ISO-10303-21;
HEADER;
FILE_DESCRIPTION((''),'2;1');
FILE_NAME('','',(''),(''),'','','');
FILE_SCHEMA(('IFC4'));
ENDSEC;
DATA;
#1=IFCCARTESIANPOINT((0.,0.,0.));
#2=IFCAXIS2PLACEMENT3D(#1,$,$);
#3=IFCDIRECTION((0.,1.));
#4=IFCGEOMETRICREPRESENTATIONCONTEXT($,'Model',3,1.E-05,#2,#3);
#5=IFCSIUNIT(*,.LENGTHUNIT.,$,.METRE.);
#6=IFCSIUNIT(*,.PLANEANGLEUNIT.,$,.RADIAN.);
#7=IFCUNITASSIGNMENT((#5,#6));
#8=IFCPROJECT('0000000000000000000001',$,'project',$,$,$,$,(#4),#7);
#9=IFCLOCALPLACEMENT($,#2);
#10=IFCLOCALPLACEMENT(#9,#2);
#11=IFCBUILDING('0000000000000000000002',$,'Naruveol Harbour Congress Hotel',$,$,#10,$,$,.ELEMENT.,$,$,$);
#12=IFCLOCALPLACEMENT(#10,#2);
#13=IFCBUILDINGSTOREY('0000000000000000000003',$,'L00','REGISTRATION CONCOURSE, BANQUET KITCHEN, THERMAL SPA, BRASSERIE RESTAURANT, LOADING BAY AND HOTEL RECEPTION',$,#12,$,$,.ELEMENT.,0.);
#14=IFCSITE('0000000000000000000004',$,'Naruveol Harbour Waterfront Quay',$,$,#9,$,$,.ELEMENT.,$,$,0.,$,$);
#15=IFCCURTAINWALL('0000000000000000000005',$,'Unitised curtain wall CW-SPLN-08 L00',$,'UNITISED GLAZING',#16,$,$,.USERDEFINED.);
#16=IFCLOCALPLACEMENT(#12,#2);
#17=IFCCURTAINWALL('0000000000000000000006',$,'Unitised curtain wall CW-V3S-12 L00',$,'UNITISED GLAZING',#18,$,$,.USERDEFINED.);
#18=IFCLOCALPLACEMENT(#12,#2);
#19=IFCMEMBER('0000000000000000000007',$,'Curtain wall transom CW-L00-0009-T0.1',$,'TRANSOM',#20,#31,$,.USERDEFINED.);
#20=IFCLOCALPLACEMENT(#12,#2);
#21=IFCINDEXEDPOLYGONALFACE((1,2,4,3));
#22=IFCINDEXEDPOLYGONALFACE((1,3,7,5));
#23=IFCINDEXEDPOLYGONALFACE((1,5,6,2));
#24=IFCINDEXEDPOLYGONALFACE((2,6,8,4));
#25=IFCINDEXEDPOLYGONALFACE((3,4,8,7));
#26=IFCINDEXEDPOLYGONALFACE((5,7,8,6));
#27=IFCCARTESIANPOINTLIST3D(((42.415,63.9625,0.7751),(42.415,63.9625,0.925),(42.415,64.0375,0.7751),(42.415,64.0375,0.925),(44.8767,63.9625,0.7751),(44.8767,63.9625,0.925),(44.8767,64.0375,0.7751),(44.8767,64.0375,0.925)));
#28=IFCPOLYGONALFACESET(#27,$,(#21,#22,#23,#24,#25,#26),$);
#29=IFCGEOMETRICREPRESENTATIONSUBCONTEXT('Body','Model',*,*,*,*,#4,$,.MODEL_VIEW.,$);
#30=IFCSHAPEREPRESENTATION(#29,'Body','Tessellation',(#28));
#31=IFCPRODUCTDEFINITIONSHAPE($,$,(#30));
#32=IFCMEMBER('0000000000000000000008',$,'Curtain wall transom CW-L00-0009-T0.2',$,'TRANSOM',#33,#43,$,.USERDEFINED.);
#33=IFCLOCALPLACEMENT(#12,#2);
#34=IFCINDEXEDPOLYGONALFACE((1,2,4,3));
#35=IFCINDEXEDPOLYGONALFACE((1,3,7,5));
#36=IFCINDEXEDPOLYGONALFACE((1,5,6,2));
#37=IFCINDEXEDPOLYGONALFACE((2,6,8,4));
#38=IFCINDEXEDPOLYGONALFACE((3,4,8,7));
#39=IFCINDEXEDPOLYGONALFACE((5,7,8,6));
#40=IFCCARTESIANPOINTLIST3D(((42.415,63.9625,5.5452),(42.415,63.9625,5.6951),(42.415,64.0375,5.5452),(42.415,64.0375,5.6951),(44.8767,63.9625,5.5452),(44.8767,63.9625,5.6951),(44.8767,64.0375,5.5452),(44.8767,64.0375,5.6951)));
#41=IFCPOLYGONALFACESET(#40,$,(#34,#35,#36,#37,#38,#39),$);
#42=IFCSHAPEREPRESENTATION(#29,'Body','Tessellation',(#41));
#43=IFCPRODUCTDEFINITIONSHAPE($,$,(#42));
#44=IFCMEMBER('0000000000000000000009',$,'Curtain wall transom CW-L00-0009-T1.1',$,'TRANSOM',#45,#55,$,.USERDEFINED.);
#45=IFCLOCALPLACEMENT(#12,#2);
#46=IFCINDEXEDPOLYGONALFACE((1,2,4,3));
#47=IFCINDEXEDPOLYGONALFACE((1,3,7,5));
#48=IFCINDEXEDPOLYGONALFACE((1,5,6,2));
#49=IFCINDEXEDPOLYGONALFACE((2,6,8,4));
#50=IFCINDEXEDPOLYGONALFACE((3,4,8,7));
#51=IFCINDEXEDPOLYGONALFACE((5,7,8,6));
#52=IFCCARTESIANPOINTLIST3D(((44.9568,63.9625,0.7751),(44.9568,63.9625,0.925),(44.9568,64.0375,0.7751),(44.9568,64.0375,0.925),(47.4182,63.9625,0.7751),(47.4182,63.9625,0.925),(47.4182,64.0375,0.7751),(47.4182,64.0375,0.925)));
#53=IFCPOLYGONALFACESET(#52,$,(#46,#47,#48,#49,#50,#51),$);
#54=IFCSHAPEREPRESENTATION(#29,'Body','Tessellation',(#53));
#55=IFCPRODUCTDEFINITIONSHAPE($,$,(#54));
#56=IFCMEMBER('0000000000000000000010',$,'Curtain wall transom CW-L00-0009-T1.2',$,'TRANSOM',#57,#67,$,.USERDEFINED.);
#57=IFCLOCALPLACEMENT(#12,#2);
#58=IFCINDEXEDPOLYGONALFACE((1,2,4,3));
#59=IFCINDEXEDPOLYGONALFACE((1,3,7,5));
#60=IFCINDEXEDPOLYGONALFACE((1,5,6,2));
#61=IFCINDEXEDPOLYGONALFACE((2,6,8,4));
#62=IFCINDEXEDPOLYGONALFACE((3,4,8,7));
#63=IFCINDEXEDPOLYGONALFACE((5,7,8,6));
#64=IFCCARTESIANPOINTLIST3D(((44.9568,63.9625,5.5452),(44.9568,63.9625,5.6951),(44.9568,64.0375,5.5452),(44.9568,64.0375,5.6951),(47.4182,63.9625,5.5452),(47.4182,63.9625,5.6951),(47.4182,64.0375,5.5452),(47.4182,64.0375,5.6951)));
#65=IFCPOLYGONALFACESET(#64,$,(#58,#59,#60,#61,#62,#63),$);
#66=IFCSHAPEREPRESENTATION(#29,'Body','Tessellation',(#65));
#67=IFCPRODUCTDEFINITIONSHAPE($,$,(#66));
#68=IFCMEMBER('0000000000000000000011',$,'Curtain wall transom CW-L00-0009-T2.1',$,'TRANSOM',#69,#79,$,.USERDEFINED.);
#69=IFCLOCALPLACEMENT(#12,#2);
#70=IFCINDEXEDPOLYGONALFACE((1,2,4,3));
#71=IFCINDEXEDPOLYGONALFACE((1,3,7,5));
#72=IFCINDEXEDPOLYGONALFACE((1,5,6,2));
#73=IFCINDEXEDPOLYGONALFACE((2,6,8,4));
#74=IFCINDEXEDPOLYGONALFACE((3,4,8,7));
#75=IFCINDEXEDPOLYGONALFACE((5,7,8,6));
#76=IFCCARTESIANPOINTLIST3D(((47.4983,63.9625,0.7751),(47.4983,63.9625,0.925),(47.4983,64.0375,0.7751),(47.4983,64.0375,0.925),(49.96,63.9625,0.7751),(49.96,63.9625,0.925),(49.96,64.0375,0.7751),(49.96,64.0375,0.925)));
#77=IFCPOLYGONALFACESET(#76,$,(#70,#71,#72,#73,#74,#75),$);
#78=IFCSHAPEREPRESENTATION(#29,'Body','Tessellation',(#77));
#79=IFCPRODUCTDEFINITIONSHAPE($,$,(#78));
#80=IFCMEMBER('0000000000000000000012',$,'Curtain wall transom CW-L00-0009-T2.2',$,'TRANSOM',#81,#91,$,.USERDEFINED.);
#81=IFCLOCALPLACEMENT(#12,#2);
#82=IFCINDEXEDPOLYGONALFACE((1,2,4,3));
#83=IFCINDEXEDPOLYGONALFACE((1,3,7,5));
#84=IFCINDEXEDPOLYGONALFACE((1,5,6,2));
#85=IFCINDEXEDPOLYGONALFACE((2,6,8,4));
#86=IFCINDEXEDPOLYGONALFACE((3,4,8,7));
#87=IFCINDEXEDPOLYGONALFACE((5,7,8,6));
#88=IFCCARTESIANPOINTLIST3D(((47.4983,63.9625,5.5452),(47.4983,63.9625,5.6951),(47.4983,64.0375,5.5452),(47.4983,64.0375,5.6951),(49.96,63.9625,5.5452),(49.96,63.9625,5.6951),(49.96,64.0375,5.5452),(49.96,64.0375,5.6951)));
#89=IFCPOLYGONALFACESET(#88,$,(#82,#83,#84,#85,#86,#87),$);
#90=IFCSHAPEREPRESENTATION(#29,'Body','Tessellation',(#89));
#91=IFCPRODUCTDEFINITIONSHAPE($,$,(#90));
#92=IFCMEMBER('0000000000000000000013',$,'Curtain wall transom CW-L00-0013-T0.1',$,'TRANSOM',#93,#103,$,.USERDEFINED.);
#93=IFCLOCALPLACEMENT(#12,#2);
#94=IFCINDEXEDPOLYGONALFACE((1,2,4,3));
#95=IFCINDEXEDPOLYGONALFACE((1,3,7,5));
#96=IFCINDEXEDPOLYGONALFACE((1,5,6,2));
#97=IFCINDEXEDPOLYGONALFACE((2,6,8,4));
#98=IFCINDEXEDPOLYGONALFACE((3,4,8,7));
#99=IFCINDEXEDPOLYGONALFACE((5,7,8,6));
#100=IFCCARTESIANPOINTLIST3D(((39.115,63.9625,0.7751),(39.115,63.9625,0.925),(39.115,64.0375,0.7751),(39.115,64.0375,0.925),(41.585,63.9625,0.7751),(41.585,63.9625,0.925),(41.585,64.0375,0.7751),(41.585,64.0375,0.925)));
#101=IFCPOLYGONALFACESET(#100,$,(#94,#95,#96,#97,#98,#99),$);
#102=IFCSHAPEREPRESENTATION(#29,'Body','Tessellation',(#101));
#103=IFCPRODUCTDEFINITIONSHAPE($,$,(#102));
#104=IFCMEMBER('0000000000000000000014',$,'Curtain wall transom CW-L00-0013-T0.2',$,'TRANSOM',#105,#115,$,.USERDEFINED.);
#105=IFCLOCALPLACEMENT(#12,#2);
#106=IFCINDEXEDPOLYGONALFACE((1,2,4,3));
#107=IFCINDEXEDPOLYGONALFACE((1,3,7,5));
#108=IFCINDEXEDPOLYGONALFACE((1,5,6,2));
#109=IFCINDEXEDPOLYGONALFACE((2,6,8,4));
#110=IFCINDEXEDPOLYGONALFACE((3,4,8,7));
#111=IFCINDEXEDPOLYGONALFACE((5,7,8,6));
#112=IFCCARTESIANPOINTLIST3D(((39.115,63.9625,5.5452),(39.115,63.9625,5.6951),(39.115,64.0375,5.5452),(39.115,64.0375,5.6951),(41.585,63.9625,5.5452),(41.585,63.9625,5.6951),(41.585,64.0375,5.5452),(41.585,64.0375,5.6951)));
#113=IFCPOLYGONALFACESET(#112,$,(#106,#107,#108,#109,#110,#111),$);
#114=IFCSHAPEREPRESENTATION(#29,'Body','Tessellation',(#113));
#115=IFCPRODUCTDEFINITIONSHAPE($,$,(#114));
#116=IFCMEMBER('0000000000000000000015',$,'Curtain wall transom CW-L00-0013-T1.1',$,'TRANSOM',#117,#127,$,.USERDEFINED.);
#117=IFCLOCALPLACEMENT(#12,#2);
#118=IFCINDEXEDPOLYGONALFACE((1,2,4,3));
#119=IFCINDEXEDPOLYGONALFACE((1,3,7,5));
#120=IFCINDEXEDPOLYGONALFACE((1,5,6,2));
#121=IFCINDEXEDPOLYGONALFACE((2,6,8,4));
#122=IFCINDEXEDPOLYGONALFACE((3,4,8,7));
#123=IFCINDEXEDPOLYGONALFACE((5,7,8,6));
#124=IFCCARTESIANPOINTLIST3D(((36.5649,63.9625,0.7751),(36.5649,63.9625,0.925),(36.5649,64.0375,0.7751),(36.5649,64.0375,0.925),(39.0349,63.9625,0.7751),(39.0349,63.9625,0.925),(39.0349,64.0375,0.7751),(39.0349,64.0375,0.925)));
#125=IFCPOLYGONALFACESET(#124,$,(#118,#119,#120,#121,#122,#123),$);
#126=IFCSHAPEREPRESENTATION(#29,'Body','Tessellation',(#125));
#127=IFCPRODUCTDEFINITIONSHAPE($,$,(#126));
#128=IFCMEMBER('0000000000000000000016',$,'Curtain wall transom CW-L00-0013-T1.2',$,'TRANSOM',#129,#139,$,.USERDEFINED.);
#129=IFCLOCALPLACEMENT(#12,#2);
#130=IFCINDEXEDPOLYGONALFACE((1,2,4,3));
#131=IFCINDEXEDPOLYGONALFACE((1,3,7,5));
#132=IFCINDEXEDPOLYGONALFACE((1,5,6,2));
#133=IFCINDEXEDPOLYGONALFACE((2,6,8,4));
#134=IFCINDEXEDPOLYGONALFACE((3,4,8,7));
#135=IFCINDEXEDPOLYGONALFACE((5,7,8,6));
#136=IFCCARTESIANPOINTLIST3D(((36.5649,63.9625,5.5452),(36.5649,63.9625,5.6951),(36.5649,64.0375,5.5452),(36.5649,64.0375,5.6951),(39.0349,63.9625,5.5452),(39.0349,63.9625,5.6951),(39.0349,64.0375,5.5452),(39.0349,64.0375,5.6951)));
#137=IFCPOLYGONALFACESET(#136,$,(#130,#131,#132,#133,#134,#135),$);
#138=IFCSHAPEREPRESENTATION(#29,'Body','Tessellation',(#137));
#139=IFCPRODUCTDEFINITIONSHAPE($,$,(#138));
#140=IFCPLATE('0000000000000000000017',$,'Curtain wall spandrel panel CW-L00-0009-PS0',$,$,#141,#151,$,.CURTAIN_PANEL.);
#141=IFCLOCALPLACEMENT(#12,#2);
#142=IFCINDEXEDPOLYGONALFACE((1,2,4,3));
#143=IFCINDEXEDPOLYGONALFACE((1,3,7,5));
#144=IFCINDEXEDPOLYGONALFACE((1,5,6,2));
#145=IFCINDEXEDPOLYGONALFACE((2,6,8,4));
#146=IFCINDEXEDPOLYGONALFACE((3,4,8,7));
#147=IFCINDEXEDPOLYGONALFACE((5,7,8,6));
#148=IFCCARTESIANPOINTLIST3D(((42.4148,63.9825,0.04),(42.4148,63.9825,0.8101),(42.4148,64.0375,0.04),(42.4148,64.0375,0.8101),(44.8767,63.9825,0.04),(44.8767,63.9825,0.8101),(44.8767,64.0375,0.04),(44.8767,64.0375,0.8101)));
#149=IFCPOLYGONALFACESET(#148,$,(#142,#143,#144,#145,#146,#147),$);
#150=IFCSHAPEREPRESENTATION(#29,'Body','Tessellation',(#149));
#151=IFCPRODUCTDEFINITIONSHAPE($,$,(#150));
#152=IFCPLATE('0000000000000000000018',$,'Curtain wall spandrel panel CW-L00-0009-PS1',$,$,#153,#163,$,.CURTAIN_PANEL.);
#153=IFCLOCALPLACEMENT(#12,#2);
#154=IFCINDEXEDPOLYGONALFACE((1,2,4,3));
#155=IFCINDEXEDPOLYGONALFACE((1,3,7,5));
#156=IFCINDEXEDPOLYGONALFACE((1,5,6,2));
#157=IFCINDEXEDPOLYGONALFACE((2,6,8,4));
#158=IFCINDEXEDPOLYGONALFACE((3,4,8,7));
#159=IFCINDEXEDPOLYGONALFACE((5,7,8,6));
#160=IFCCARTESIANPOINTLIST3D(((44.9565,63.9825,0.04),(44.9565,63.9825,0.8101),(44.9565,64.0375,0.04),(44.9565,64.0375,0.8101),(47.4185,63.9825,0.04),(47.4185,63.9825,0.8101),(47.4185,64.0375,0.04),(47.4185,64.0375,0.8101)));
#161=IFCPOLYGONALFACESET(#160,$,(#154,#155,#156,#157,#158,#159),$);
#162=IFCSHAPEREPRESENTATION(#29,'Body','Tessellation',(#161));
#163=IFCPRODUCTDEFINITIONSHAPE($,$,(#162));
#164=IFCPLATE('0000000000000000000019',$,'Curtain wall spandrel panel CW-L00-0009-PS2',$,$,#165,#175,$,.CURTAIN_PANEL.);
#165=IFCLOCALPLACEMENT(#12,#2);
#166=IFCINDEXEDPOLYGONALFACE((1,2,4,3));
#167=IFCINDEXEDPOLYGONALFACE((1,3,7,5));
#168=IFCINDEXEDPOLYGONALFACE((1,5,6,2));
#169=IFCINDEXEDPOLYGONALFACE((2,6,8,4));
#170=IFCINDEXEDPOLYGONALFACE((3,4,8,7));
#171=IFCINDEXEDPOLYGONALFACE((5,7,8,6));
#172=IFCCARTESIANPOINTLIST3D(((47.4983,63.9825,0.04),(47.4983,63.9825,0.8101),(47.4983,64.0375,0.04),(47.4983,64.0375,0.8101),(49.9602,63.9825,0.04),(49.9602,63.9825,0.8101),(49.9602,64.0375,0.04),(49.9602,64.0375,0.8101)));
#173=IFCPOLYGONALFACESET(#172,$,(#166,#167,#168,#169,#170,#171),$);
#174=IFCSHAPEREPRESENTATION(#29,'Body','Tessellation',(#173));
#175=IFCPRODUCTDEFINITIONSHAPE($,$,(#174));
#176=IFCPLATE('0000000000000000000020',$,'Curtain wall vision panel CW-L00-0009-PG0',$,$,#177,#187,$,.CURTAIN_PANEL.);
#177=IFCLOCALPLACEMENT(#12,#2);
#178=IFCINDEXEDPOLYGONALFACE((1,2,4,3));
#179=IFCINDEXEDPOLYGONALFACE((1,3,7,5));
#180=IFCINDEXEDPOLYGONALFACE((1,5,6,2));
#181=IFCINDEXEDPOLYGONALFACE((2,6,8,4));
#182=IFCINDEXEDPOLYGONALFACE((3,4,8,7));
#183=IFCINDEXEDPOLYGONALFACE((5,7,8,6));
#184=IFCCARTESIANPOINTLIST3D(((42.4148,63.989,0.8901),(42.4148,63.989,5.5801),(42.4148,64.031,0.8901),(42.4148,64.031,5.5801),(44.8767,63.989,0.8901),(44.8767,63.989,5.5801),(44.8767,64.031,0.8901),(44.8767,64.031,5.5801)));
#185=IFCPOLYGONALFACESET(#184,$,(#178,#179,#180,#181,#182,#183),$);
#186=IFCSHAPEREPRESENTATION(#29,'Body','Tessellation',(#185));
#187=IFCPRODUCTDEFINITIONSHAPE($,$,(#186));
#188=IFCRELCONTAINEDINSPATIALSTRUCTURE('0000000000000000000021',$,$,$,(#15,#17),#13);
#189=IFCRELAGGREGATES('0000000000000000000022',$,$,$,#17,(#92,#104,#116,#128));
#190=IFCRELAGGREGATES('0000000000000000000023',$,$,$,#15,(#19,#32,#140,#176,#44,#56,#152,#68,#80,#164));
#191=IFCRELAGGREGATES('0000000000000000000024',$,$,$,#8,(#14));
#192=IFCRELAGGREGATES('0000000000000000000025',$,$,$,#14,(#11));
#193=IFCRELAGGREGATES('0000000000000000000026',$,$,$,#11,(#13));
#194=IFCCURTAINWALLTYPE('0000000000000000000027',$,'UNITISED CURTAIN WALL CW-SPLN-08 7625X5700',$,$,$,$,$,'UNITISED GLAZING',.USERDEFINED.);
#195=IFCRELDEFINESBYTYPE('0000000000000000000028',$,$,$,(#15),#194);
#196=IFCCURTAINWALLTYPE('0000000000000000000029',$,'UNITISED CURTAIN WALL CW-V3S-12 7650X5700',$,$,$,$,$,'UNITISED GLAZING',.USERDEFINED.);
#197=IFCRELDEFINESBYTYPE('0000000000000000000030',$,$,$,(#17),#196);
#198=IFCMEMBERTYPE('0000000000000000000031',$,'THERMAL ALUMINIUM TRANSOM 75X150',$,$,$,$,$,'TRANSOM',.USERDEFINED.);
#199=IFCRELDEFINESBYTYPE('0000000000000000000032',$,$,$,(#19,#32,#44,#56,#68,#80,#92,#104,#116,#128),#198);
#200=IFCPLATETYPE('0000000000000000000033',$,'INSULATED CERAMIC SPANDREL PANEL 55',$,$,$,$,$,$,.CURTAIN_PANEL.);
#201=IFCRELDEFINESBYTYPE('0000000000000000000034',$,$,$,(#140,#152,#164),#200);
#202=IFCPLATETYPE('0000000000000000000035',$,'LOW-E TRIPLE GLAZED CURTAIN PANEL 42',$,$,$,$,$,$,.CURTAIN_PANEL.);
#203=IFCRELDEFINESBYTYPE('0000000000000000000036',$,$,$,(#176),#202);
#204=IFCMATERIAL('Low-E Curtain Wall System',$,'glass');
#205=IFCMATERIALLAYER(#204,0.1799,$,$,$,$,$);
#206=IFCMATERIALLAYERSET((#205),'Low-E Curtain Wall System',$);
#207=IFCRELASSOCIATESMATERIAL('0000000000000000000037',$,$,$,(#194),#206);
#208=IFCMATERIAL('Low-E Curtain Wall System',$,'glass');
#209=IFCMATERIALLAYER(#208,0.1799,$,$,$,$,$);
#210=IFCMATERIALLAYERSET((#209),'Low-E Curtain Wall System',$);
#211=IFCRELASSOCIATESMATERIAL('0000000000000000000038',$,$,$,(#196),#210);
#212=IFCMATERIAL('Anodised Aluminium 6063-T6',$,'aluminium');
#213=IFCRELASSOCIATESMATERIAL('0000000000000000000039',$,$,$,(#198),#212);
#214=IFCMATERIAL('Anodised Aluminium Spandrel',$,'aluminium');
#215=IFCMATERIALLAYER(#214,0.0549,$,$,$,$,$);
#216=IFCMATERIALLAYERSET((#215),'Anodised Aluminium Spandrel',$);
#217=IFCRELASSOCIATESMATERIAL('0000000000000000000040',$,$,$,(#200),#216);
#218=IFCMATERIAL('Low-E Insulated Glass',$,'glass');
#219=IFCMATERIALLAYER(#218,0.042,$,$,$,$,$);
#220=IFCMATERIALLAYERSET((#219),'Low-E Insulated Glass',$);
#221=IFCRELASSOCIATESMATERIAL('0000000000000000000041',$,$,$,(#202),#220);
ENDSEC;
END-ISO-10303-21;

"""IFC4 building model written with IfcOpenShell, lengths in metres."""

from ifc_helpers import new_model, si_unit, direction, frame, origin, origin_2d, place, context, subcontext, project, spatial, rectangle, extrude, material, layer, layer_set, material_profile, profile_set, type_object, element, aggregate, save


model = new_model("IFC4")

# Units and contexts
model_context = context("Model", 3, precision=1e-05, world=origin(), true_north=direction((0.0, 1.0)))
body_context = subcontext(model_context, "Body", "Model", "MODEL_VIEW")
ifc_project = project(units=[si_unit("LENGTHUNIT", "METRE"), si_unit("PLANEANGLEUNIT", "RADIAN")], contexts=[model_context])

# Site, building, storey
site_placement = place(None, origin())
site = spatial("IfcSite", under=ifc_project, at=site_placement, Name="Naruveol Harbour Waterfront Quay", CompositionType="ELEMENT", RefElevation=0.0)
building_placement = place(site_placement, origin())
building = spatial("IfcBuilding", under=site, at=building_placement, Name="Naruveol Harbour Congress Hotel", CompositionType="ELEMENT")
storey_placement = place(building_placement, origin())
storey = spatial("IfcBuildingStorey", under=building, at=storey_placement, Name="L00", Description="REGISTRATION CONCOURSE, BANQUET KITCHEN, THERMAL SPA, BRASSERIE RESTAURANT, LOADING BAY AND HOTEL RECEPTION", CompositionType="ELEMENT", Elevation=0.0)

# Curtain walls
ifc_material_1 = material(Name="Low-E Curtain Wall System", Category="glass")
ifc_layer_1 = layer(ifc_material_1, 0.1799)
ifc_layer_set_1 = layer_set([ifc_layer_1], Name="Low-E Curtain Wall System")
curtain_wall_type_1 = type_object("IfcCurtainWallType", Name="UNITISED CURTAIN WALL CW-SPLN-08 7625X5700", ElementType="UNITISED GLAZING", PredefinedType="USERDEFINED", material=ifc_layer_set_1)
curtain_wall_1_placement = place(storey_placement, origin())
curtain_wall_1 = element("IfcCurtainWall", 1, at=curtain_wall_1_placement, inside=storey, type_object=curtain_wall_type_1, Name="Unitised curtain wall CW-SPLN-08 L00", ObjectType="UNITISED GLAZING", PredefinedType="USERDEFINED")
ifc_material_2 = material(Name="Low-E Curtain Wall System", Category="glass")
ifc_layer_2 = layer(ifc_material_2, 0.1799)
ifc_layer_set_2 = layer_set([ifc_layer_2], Name="Low-E Curtain Wall System")
curtain_wall_type_2 = type_object("IfcCurtainWallType", Name="UNITISED CURTAIN WALL CW-V3S-12 7650X5700", ElementType="UNITISED GLAZING", PredefinedType="USERDEFINED", material=ifc_layer_set_2)
curtain_wall_2_placement = place(storey_placement, origin())
curtain_wall_2 = element("IfcCurtainWall", 2, at=curtain_wall_2_placement, inside=storey, type_object=curtain_wall_type_2, Name="Unitised curtain wall CW-V3S-12 L00", ObjectType="UNITISED GLAZING", PredefinedType="USERDEFINED")

# Members
ifc_material_3 = material(Name="Anodised Aluminium 6063-T6", Category="aluminium")
ifc_material_profile_1 = material_profile(ifc_material_3, rectangle(XDim=0.075, YDim=0.1499, at=origin_2d()), Name="ALU-75x150")
ifc_profile_set_1 = profile_set([ifc_material_profile_1], Name="Anodised Aluminium 6063-T6")
member_type_1 = type_object("IfcMemberType", Name="THERMAL ALUMINIUM TRANSOM 75X150", ElementType="TRANSOM", PredefinedType="USERDEFINED", material=ifc_profile_set_1)
member_1_placement = place(storey_placement, frame((42.415, 64.0, 0.8501), z_axis=(1.0, 0.0, 0.0), x_axis=(0.0, 1.0, 0.0)))
member_1 = element("IfcMember", 3, at=member_1_placement, type_object=member_type_1, Name="Curtain wall transom CW-L00-0009-T0.1", ObjectType="TRANSOM", PredefinedType="USERDEFINED", context=body_context, shape_type="SweptSolid", body=[
    extrude(rectangle(XDim=0.075, YDim=0.1499, at=origin_2d()), origin(), (0.0, 0.0, 1.0), 2.4617),
])
member_2_placement = place(storey_placement, frame((42.415, 64.0, 5.6201), z_axis=(1.0, 0.0, 0.0), x_axis=(0.0, 1.0, 0.0)))
member_2 = element("IfcMember", 4, at=member_2_placement, type_object=member_type_1, Name="Curtain wall transom CW-L00-0009-T0.2", ObjectType="TRANSOM", PredefinedType="USERDEFINED", context=body_context, shape_type="SweptSolid", body=[
    extrude(rectangle(XDim=0.075, YDim=0.1499, at=origin_2d()), origin(), (0.0, 0.0, 1.0), 2.4617),
])
member_3_placement = place(storey_placement, frame((44.9568, 64.0, 0.8501), z_axis=(1.0, 0.0, 0.0), x_axis=(0.0, 1.0, 0.0)))
member_3 = element("IfcMember", 5, at=member_3_placement, type_object=member_type_1, Name="Curtain wall transom CW-L00-0009-T1.1", ObjectType="TRANSOM", PredefinedType="USERDEFINED", context=body_context, shape_type="SweptSolid", body=[
    extrude(rectangle(XDim=0.075, YDim=0.1499, at=origin_2d()), origin(), (0.0, 0.0, 1.0), 2.4614),
])
member_4_placement = place(storey_placement, frame((44.9568, 64.0, 5.6201), z_axis=(1.0, 0.0, 0.0), x_axis=(0.0, 1.0, 0.0)))
member_4 = element("IfcMember", 6, at=member_4_placement, type_object=member_type_1, Name="Curtain wall transom CW-L00-0009-T1.2", ObjectType="TRANSOM", PredefinedType="USERDEFINED", context=body_context, shape_type="SweptSolid", body=[
    extrude(rectangle(XDim=0.075, YDim=0.1499, at=origin_2d()), origin(), (0.0, 0.0, 1.0), 2.4614),
])
member_5_placement = place(storey_placement, frame((47.4983, 64.0, 0.8501), z_axis=(1.0, 0.0, 0.0), x_axis=(0.0, 1.0, 0.0)))
member_5 = element("IfcMember", 7, at=member_5_placement, type_object=member_type_1, Name="Curtain wall transom CW-L00-0009-T2.1", ObjectType="TRANSOM", PredefinedType="USERDEFINED", context=body_context, shape_type="SweptSolid", body=[
    extrude(rectangle(XDim=0.075, YDim=0.1499, at=origin_2d()), origin(), (0.0, 0.0, 1.0), 2.4617),
])
member_6_placement = place(storey_placement, frame((47.4983, 64.0, 5.6201), z_axis=(1.0, 0.0, 0.0), x_axis=(0.0, 1.0, 0.0)))
member_6 = element("IfcMember", 8, at=member_6_placement, type_object=member_type_1, Name="Curtain wall transom CW-L00-0009-T2.2", ObjectType="TRANSOM", PredefinedType="USERDEFINED", context=body_context, shape_type="SweptSolid", body=[
    extrude(rectangle(XDim=0.075, YDim=0.1499, at=origin_2d()), origin(), (0.0, 0.0, 1.0), 2.4617),
])
member_7_placement = place(storey_placement, frame((41.585, 64.0, 0.8501), z_axis=(-1.0, 0.0, 0.0), x_axis=(0.0, -1.0, 0.0)))
member_7 = element("IfcMember", 9, at=member_7_placement, type_object=member_type_1, Name="Curtain wall transom CW-L00-0013-T0.1", ObjectType="TRANSOM", PredefinedType="USERDEFINED", context=body_context, shape_type="SweptSolid", body=[
    extrude(rectangle(XDim=0.075, YDim=0.1499, at=origin_2d()), origin(), (0.0, 0.0, 1.0), 2.47),
])
member_8_placement = place(storey_placement, frame((41.585, 64.0, 5.6201), z_axis=(-1.0, 0.0, 0.0), x_axis=(0.0, -1.0, 0.0)))
member_8 = element("IfcMember", 10, at=member_8_placement, type_object=member_type_1, Name="Curtain wall transom CW-L00-0013-T0.2", ObjectType="TRANSOM", PredefinedType="USERDEFINED", context=body_context, shape_type="SweptSolid", body=[
    extrude(rectangle(XDim=0.075, YDim=0.1499, at=origin_2d()), origin(), (0.0, 0.0, 1.0), 2.47),
])
member_9_placement = place(storey_placement, frame((39.0349, 64.0, 0.8501), z_axis=(-1.0, 0.0, 0.0), x_axis=(0.0, -1.0, 0.0)))
member_9 = element("IfcMember", 11, at=member_9_placement, type_object=member_type_1, Name="Curtain wall transom CW-L00-0013-T1.1", ObjectType="TRANSOM", PredefinedType="USERDEFINED", context=body_context, shape_type="SweptSolid", body=[
    extrude(rectangle(XDim=0.075, YDim=0.1499, at=origin_2d()), origin(), (0.0, 0.0, 1.0), 2.47),
])
member_10_placement = place(storey_placement, frame((39.0349, 64.0, 5.6201), z_axis=(-1.0, 0.0, 0.0), x_axis=(0.0, -1.0, 0.0)))
member_10 = element("IfcMember", 12, at=member_10_placement, type_object=member_type_1, Name="Curtain wall transom CW-L00-0013-T1.2", ObjectType="TRANSOM", PredefinedType="USERDEFINED", context=body_context, shape_type="SweptSolid", body=[
    extrude(rectangle(XDim=0.075, YDim=0.1499, at=origin_2d()), origin(), (0.0, 0.0, 1.0), 2.47),
])
aggregate(curtain_wall_2, [member_7, member_8, member_9, member_10])

# Plates
ifc_material_4 = material(Name="Anodised Aluminium Spandrel", Category="aluminium")
ifc_layer_3 = layer(ifc_material_4, 0.0549)
ifc_layer_set_3 = layer_set([ifc_layer_3], Name="Anodised Aluminium Spandrel")
plate_type_1 = type_object("IfcPlateType", Name="INSULATED CERAMIC SPANDREL PANEL 55", PredefinedType="CURTAIN_PANEL", material=ifc_layer_set_3)
plate_1_placement = place(storey_placement, frame((43.6458, 64.01, 0.04), z_axis=(0.0, 0.0, 1.0), x_axis=(1.0, 0.0, 0.0)))
plate_1 = element("IfcPlate", 13, at=plate_1_placement, type_object=plate_type_1, Name="Curtain wall spandrel panel CW-L00-0009-PS0", PredefinedType="CURTAIN_PANEL", context=body_context, shape_type="SweptSolid", body=[
    extrude(rectangle(XDim=2.4619, YDim=0.0549, at=origin_2d()), origin(), (0.0, 0.0, 1.0), 0.77),
])
plate_2_placement = place(storey_placement, frame((46.1875, 64.01, 0.04), z_axis=(0.0, 0.0, 1.0), x_axis=(1.0, 0.0, 0.0)))
plate_2 = element("IfcPlate", 14, at=plate_2_placement, type_object=plate_type_1, Name="Curtain wall spandrel panel CW-L00-0009-PS1", PredefinedType="CURTAIN_PANEL", context=body_context, shape_type="SweptSolid", body=[
    extrude(rectangle(XDim=2.4619, YDim=0.0549, at=origin_2d()), origin(), (0.0, 0.0, 1.0), 0.77),
])
plate_3_placement = place(storey_placement, frame((48.7292, 64.01, 0.04), z_axis=(0.0, 0.0, 1.0), x_axis=(1.0, 0.0, 0.0)))
plate_3 = element("IfcPlate", 15, at=plate_3_placement, type_object=plate_type_1, Name="Curtain wall spandrel panel CW-L00-0009-PS2", PredefinedType="CURTAIN_PANEL", context=body_context, shape_type="SweptSolid", body=[
    extrude(rectangle(XDim=2.4619, YDim=0.0549, at=origin_2d()), origin(), (0.0, 0.0, 1.0), 0.77),
])
ifc_material_5 = material(Name="Low-E Insulated Glass", Category="glass")
ifc_layer_4 = layer(ifc_material_5, 0.042)
ifc_layer_set_4 = layer_set([ifc_layer_4], Name="Low-E Insulated Glass")
plate_type_2 = type_object("IfcPlateType", Name="LOW-E TRIPLE GLAZED CURTAIN PANEL 42", PredefinedType="CURTAIN_PANEL", material=ifc_layer_set_4)
plate_4_placement = place(storey_placement, frame((43.6458, 64.01, 0.8901), z_axis=(0.0, 0.0, 1.0), x_axis=(1.0, 0.0, 0.0)))
plate_4 = element("IfcPlate", 16, at=plate_4_placement, type_object=plate_type_2, Name="Curtain wall vision panel CW-L00-0009-PG0", PredefinedType="CURTAIN_PANEL", context=body_context, shape_type="SweptSolid", body=[
    extrude(rectangle(XDim=2.4619, YDim=0.042, at=origin_2d()), origin(), (0.0, 0.0, 1.0), 4.6899),
])
aggregate(curtain_wall_1, [member_1, member_2, plate_1, plate_4, member_3, member_4, plate_2, member_5, member_6, plate_3])

save(model, "model.ifc")
